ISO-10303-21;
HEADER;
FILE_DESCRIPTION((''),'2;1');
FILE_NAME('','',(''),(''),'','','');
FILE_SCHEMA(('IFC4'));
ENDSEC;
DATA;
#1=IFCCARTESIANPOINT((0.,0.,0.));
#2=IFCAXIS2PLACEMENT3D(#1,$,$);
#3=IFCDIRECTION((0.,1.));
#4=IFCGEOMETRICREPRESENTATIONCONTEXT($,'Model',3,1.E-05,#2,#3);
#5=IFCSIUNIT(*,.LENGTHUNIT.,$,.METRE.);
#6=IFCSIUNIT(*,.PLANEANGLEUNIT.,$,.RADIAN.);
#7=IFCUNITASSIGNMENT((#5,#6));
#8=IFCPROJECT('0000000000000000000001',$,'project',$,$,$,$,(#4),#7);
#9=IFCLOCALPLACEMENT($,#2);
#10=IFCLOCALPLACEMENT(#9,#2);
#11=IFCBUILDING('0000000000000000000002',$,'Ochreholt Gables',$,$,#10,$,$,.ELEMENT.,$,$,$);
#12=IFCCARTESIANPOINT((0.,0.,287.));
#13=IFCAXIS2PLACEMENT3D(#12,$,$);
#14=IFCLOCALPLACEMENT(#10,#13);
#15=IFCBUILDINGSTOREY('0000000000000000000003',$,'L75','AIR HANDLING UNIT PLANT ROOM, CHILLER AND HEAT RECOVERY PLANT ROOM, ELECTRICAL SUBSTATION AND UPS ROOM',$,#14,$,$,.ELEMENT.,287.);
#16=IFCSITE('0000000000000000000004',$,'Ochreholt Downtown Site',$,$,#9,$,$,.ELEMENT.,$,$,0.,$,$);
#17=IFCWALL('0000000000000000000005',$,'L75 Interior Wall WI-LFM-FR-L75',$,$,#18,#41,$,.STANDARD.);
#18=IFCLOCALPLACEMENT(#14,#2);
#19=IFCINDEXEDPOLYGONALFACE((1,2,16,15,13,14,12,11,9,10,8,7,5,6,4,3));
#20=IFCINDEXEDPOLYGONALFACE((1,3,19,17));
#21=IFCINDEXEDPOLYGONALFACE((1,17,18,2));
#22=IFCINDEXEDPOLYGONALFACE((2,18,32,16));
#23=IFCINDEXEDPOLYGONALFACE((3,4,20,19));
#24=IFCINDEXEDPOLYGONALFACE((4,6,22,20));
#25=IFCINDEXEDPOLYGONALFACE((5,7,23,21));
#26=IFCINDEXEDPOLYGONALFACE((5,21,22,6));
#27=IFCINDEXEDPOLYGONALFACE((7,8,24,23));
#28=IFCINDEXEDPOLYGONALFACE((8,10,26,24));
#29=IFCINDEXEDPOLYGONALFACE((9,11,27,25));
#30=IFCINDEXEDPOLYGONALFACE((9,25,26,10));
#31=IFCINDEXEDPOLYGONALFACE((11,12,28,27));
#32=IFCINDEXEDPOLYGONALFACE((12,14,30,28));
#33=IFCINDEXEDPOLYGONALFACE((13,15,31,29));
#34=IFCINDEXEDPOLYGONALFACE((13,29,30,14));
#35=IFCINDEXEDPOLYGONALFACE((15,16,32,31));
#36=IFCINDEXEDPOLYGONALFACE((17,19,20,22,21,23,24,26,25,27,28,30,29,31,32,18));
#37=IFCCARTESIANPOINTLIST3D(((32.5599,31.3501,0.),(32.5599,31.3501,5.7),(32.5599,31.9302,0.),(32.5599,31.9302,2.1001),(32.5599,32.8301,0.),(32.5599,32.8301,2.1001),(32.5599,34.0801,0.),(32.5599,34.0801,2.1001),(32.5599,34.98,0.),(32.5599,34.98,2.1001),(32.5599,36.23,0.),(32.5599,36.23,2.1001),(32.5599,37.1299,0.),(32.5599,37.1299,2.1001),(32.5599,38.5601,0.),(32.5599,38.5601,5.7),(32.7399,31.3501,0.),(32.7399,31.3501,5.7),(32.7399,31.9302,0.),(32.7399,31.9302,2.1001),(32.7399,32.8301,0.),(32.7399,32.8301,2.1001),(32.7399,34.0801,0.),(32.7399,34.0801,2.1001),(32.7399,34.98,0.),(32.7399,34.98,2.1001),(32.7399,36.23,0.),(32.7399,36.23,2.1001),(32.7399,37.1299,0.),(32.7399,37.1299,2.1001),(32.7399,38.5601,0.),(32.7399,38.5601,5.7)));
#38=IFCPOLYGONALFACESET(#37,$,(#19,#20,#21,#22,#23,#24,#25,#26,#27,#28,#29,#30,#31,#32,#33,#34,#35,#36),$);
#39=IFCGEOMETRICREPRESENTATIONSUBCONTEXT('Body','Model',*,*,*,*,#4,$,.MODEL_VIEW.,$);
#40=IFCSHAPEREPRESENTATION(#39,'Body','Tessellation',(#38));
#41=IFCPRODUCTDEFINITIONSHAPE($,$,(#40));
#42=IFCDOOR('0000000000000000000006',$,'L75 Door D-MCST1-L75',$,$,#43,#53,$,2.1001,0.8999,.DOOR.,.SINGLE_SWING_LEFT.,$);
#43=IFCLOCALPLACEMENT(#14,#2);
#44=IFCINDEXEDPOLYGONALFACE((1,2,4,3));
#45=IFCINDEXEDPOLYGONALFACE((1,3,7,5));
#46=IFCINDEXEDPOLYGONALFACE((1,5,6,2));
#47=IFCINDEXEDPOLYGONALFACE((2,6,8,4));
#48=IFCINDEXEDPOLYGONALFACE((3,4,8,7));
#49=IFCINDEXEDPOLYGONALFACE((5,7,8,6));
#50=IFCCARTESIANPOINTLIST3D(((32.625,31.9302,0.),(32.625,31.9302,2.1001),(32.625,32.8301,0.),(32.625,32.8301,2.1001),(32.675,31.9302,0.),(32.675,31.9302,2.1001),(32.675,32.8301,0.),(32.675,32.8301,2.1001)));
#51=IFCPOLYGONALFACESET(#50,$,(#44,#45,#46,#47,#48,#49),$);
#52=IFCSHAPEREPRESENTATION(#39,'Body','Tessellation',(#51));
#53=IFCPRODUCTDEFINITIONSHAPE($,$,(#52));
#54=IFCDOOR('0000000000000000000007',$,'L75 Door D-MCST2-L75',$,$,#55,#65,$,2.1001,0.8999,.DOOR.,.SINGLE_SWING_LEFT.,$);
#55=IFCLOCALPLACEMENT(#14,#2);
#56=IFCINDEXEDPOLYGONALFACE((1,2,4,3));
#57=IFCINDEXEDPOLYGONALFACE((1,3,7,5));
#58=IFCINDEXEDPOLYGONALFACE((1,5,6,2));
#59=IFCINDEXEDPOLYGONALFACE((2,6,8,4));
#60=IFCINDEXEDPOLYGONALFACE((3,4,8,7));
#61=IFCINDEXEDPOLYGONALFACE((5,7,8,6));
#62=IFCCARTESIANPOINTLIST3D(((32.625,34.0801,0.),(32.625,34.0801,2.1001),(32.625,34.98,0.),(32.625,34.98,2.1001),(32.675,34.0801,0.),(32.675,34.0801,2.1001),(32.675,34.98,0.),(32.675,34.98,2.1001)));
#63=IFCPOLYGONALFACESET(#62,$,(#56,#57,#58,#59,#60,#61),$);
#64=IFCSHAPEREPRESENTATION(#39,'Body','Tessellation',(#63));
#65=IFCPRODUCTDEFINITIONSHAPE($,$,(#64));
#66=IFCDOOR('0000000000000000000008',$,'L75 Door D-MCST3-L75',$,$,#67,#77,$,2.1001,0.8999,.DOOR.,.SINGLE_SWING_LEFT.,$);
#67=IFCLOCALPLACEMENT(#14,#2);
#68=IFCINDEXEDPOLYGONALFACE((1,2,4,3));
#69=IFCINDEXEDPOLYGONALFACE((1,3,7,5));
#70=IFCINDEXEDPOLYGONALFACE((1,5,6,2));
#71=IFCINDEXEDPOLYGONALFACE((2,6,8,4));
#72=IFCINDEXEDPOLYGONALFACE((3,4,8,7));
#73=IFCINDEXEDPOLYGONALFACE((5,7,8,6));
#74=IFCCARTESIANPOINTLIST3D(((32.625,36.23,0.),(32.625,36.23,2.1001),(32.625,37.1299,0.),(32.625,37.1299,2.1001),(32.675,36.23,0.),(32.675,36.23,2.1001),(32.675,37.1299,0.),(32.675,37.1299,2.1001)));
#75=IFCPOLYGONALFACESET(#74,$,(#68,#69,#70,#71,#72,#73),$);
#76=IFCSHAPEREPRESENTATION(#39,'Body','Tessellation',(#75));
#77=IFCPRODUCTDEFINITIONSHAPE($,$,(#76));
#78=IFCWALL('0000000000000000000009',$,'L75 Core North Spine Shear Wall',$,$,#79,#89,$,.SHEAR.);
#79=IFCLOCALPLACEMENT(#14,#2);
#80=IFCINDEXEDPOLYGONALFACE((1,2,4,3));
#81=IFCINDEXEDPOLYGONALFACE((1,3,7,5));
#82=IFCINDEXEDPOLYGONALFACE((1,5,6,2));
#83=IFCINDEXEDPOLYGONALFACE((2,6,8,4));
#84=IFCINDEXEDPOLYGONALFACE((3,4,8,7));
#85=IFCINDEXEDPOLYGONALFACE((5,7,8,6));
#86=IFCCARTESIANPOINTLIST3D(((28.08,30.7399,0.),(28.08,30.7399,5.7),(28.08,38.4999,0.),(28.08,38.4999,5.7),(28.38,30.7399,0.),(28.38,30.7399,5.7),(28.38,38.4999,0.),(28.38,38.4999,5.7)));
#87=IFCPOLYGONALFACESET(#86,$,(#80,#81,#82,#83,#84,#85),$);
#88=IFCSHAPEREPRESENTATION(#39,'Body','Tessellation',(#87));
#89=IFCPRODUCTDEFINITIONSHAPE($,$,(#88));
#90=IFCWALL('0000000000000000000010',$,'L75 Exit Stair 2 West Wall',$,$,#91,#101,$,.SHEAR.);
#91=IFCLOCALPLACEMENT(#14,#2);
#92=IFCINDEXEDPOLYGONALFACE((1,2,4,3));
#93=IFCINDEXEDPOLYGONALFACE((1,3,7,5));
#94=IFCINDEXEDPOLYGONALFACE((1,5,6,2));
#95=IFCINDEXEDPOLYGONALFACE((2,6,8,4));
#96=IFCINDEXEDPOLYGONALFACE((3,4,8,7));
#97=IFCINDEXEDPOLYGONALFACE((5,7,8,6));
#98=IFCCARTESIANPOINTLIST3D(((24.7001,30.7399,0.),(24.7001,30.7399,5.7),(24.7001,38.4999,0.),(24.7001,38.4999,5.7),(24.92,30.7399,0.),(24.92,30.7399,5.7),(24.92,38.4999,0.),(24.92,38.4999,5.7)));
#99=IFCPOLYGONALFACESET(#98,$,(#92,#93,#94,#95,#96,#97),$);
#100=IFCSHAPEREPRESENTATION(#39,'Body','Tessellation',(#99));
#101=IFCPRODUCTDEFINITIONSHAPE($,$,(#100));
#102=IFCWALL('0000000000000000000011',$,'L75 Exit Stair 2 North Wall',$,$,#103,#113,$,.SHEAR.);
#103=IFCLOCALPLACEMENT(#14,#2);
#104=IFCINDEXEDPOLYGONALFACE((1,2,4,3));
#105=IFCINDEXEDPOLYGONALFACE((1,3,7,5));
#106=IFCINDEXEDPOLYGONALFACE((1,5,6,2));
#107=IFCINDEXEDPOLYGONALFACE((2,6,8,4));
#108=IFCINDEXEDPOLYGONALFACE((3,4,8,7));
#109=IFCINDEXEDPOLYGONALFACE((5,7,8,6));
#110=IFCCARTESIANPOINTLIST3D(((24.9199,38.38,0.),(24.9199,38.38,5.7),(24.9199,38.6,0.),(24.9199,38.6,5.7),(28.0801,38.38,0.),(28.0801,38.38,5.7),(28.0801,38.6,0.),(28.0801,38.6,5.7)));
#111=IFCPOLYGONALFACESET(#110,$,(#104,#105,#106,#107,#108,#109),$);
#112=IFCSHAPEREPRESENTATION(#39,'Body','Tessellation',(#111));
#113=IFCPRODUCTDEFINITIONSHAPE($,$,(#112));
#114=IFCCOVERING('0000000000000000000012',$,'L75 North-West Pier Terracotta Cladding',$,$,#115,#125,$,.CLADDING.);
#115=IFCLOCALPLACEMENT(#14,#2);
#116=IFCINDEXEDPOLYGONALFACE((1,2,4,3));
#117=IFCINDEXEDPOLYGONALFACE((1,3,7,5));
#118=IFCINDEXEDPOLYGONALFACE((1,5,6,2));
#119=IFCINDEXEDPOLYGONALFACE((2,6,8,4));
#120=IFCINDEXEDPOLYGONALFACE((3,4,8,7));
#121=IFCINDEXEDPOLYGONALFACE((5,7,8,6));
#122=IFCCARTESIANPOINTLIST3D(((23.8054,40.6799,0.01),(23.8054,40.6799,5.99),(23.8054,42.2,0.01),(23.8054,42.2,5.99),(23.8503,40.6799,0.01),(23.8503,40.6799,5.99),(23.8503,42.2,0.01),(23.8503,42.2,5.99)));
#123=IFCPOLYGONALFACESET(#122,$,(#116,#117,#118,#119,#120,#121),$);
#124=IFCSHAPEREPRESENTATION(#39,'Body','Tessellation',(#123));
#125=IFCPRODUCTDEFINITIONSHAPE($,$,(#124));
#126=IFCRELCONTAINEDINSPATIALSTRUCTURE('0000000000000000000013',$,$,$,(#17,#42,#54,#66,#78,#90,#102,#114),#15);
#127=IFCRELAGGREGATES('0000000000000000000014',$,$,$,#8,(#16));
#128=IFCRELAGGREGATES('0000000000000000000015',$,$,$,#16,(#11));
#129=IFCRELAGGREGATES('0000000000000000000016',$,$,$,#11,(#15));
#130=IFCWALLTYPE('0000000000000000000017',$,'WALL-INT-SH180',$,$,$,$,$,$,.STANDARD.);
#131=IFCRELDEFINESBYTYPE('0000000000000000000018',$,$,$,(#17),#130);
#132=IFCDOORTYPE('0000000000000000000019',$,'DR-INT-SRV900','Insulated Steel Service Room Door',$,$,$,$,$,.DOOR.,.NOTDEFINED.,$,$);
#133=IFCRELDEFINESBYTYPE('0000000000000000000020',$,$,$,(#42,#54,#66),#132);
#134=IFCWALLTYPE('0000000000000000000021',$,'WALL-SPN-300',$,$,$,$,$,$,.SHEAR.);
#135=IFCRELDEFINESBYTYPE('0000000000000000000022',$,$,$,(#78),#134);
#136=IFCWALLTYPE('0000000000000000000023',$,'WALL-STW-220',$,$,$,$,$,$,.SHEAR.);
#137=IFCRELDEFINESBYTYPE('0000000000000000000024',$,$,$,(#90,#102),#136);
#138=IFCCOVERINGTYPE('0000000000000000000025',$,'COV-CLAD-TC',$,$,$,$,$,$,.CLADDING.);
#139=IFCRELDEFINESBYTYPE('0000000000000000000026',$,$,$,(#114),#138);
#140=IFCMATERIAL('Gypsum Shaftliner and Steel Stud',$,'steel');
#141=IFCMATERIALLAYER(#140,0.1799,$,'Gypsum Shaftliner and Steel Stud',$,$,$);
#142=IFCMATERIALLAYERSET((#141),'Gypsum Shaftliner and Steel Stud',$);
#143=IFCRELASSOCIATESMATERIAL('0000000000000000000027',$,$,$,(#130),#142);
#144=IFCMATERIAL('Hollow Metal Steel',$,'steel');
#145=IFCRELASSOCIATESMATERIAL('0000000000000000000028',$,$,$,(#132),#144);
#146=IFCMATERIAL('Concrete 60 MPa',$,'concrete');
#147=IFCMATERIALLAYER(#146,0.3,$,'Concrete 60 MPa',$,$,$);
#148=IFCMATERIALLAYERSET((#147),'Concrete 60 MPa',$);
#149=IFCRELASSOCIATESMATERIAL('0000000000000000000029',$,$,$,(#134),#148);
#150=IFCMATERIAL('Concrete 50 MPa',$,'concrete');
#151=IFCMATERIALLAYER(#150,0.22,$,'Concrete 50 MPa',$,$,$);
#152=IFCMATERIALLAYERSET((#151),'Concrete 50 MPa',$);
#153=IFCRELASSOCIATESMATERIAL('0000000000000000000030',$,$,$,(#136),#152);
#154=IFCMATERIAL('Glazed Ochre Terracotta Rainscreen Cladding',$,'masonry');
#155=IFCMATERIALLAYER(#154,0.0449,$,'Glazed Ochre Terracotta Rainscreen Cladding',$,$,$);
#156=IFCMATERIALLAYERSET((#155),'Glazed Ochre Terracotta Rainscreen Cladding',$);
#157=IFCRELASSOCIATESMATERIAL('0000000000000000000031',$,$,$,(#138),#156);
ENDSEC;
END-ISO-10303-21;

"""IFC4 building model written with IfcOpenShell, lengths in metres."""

from ifc_helpers import new_model, si_unit, direction, frame, frame_2d, origin, origin_2d, place, context, subcontext, project, spatial, rectangle, extrude, material, layer, layer_set, type_object, element, fill, save


model = new_model("IFC4")

# Units and contexts
model_context = context("Model", 3, precision=1e-05, world=origin(), true_north=direction((0.0, 1.0)))
body_context = subcontext(model_context, "Body", "Model", "MODEL_VIEW")
ifc_project = project(units=[si_unit("LENGTHUNIT", "METRE"), si_unit("PLANEANGLEUNIT", "RADIAN")], contexts=[model_context])

# Site, building, storey
site_placement = place(None, origin())
site = spatial("IfcSite", under=ifc_project, at=site_placement, Name="Ochreholt Downtown Site", CompositionType="ELEMENT", RefElevation=0.0)
building_placement = place(site_placement, origin())
building = spatial("IfcBuilding", under=site, at=building_placement, Name="Ochreholt Gables", CompositionType="ELEMENT")
storey_placement = place(building_placement, frame((0.0, 0.0, 287.0)))
storey = spatial("IfcBuildingStorey", under=building, at=storey_placement, Name="L75", Description="AIR HANDLING UNIT PLANT ROOM, CHILLER AND HEAT RECOVERY PLANT ROOM, ELECTRICAL SUBSTATION AND UPS ROOM", CompositionType="ELEMENT", Elevation=287.0)

# Shared definitions
ifc_material_1 = material(Name="Concrete 50 MPa", Category="concrete")

# Shared definitions
ifc_material_2 = material(Name="Hollow Metal Steel", Category="steel")

# Wall, openings, doors
ifc_material_3 = material(Name="Gypsum Shaftliner and Steel Stud", Category="steel")
ifc_layer_1 = layer(ifc_material_3, 0.1799, Name="Gypsum Shaftliner and Steel Stud")
ifc_layer_set_1 = layer_set([ifc_layer_1], Name="Gypsum Shaftliner and Steel Stud")
wall_type_1 = type_object("IfcWallType", Name="WALL-INT-SH180", PredefinedType="STANDARD", material=ifc_layer_set_1)
wall_1_placement = place(storey_placement, frame((32.6499, 31.3501, 0.0), z_axis=(0.0, 0.0, 1.0), x_axis=(0.0, 1.0, 0.0)))
wall_1 = element("IfcWall", 1, at=wall_1_placement, inside=storey, type_object=wall_type_1, Name="L75 Interior Wall WI-LFM-FR-L75", PredefinedType="STANDARD", context=body_context, shape_type="SweptSolid", body=[
    extrude(rectangle(XDim=7.21, YDim=0.1799, at=frame_2d((3.605, 0.0))), origin(), (0.0, 0.0, 1.0), 5.7),
])
opening_1_placement = place(wall_1_placement, frame((0.5801, 0.0, 0.0)))
opening_1 = element("IfcOpeningElement", 2, at=opening_1_placement, cuts=wall_1, PredefinedType="OPENING", context=body_context, shape_type="SweptSolid", body=[
    extrude(rectangle(XDim=0.8999, YDim=2.1001, at=frame_2d((0.45, 1.05))), frame((0.0, 0.0999, 0.0), z_axis=(0.0, -1.0, 0.0), x_axis=(1.0, 0.0, 0.0)), (0.0, 0.0, 1.0), 0.2),
])
opening_2_placement = place(wall_1_placement, frame((2.73, 0.0, 0.0)))
opening_2 = element("IfcOpeningElement", 3, at=opening_2_placement, cuts=wall_1, PredefinedType="OPENING", context=body_context, shape_type="SweptSolid", body=[
    extrude(rectangle(XDim=0.8999, YDim=2.1001, at=frame_2d((0.45, 1.05))), frame((0.0, 0.0999, 0.0), z_axis=(0.0, -1.0, 0.0), x_axis=(1.0, 0.0, 0.0)), (0.0, 0.0, 1.0), 0.2),
])
opening_3_placement = place(wall_1_placement, frame((4.8799, 0.0, 0.0)))
opening_3 = element("IfcOpeningElement", 4, at=opening_3_placement, cuts=wall_1, PredefinedType="OPENING", context=body_context, shape_type="SweptSolid", body=[
    extrude(rectangle(XDim=0.8999, YDim=2.1001, at=frame_2d((0.45, 1.05))), frame((0.0, 0.0999, 0.0), z_axis=(0.0, -1.0, 0.0), x_axis=(1.0, 0.0, 0.0)), (0.0, 0.0, 1.0), 0.2),
])
door_type_1 = type_object("IfcDoorType", Name="DR-INT-SRV900", Description="Insulated Steel Service Room Door", OperationType="NOTDEFINED", PredefinedType="DOOR", material=ifc_material_2)
door_1_placement = place(opening_1_placement, origin())
door_1 = element("IfcDoor", 5, at=door_1_placement, inside=storey, type_object=door_type_1, Name="L75 Door D-MCST1-L75", OperationType="SINGLE_SWING_LEFT", OverallHeight=2.1001, OverallWidth=0.8999, PredefinedType="DOOR", context=body_context, shape_type="SweptSolid", body=[
    extrude(rectangle(XDim=0.8999, YDim=2.1001, at=frame_2d((0.45, 1.05))), frame((0.0, 0.0249, 0.0), z_axis=(0.0, -1.0, 0.0), x_axis=(1.0, 0.0, 0.0)), (0.0, 0.0, 1.0), 0.05),
])
fill(opening_1, door_1)
door_2_placement = place(opening_2_placement, origin())
door_2 = element("IfcDoor", 6, at=door_2_placement, inside=storey, type_object=door_type_1, Name="L75 Door D-MCST2-L75", OperationType="SINGLE_SWING_LEFT", OverallHeight=2.1001, OverallWidth=0.8999, PredefinedType="DOOR", context=body_context, shape_type="SweptSolid", body=[
    extrude(rectangle(XDim=0.8999, YDim=2.1001, at=frame_2d((0.45, 1.05))), frame((0.0, 0.0249, 0.0), z_axis=(0.0, -1.0, 0.0), x_axis=(1.0, 0.0, 0.0)), (0.0, 0.0, 1.0), 0.05),
])
fill(opening_2, door_2)
door_3_placement = place(opening_3_placement, origin())
door_3 = element("IfcDoor", 7, at=door_3_placement, inside=storey, type_object=door_type_1, Name="L75 Door D-MCST3-L75", OperationType="SINGLE_SWING_LEFT", OverallHeight=2.1001, OverallWidth=0.8999, PredefinedType="DOOR", context=body_context, shape_type="SweptSolid", body=[
    extrude(rectangle(XDim=0.8999, YDim=2.1001, at=frame_2d((0.45, 1.05))), frame((0.0, 0.0249, 0.0), z_axis=(0.0, -1.0, 0.0), x_axis=(1.0, 0.0, 0.0)), (0.0, 0.0, 1.0), 0.05),
])
fill(opening_3, door_3)

# Walls
ifc_material_4 = material(Name="Concrete 60 MPa", Category="concrete")
ifc_layer_2 = layer(ifc_material_4, 0.3, Name="Concrete 60 MPa")
ifc_layer_set_2 = layer_set([ifc_layer_2], Name="Concrete 60 MPa")
wall_type_2 = type_object("IfcWallType", Name="WALL-SPN-300", PredefinedType="SHEAR", material=ifc_layer_set_2)
wall_2_placement = place(storey_placement, frame((28.23, 30.74, 0.0), z_axis=(0.0, 0.0, 1.0), x_axis=(0.0, 1.0, 0.0)))
element("IfcWall", 8, at=wall_2_placement, inside=storey, type_object=wall_type_2, Name="L75 Core North Spine Shear Wall", PredefinedType="SHEAR", context=body_context, shape_type="SweptSolid", body=[
    extrude(rectangle(XDim=7.76, YDim=0.3, at=frame_2d((3.8799, 0.0))), origin(), (0.0, 0.0, 1.0), 5.7),
])
ifc_layer_3 = layer(ifc_material_1, 0.22, Name="Concrete 50 MPa")
ifc_layer_set_3 = layer_set([ifc_layer_3], Name="Concrete 50 MPa")
wall_type_3 = type_object("IfcWallType", Name="WALL-STW-220", PredefinedType="SHEAR", material=ifc_layer_set_3)
wall_3_placement = place(storey_placement, frame((24.8101, 30.74, 0.0), z_axis=(0.0, 0.0, 1.0), x_axis=(0.0, 1.0, 0.0)))
element("IfcWall", 9, at=wall_3_placement, inside=storey, type_object=wall_type_3, Name="L75 Exit Stair 2 West Wall", PredefinedType="SHEAR", context=body_context, shape_type="SweptSolid", body=[
    extrude(rectangle(XDim=7.76, YDim=0.22, at=frame_2d((3.8799, 0.0))), origin(), (0.0, 0.0, 1.0), 5.7),
])

# Wall
wall_4_placement = place(storey_placement, frame((24.9199, 38.49, 0.0), z_axis=(0.0, 0.0, 1.0), x_axis=(1.0, 0.0, 0.0)))
element("IfcWall", 10, at=wall_4_placement, inside=storey, type_object=wall_type_3, Name="L75 Exit Stair 2 North Wall", PredefinedType="SHEAR", context=body_context, shape_type="SweptSolid", body=[
    extrude(rectangle(XDim=3.1602, YDim=0.22, at=frame_2d((1.5801, 0.0))), origin(), (0.0, 0.0, 1.0), 5.7),
])

# Covering
ifc_material_5 = material(Name="Glazed Ochre Terracotta Rainscreen Cladding", Category="masonry")
ifc_layer_4 = layer(ifc_material_5, 0.0449, Name="Glazed Ochre Terracotta Rainscreen Cladding")
ifc_layer_set_4 = layer_set([ifc_layer_4], Name="Glazed Ochre Terracotta Rainscreen Cladding")
covering_type = type_object("IfcCoveringType", Name="COV-CLAD-TC", PredefinedType="CLADDING", material=ifc_layer_set_4)
covering_placement = place(storey_placement, frame((23.8279, 41.4399, 0.01), z_axis=(0.0, 0.0, 1.0), x_axis=(0.0, 1.0, 0.0)))
element("IfcCovering", 11, at=covering_placement, inside=storey, type_object=covering_type, Name="L75 North-West Pier Terracotta Cladding", PredefinedType="CLADDING", context=body_context, shape_type="SweptSolid", body=[
    extrude(rectangle(XDim=1.52, YDim=0.0449, at=origin_2d()), origin(), (0.0, 0.0, 1.0), 5.98),
])

save(model, "model.ifc")
